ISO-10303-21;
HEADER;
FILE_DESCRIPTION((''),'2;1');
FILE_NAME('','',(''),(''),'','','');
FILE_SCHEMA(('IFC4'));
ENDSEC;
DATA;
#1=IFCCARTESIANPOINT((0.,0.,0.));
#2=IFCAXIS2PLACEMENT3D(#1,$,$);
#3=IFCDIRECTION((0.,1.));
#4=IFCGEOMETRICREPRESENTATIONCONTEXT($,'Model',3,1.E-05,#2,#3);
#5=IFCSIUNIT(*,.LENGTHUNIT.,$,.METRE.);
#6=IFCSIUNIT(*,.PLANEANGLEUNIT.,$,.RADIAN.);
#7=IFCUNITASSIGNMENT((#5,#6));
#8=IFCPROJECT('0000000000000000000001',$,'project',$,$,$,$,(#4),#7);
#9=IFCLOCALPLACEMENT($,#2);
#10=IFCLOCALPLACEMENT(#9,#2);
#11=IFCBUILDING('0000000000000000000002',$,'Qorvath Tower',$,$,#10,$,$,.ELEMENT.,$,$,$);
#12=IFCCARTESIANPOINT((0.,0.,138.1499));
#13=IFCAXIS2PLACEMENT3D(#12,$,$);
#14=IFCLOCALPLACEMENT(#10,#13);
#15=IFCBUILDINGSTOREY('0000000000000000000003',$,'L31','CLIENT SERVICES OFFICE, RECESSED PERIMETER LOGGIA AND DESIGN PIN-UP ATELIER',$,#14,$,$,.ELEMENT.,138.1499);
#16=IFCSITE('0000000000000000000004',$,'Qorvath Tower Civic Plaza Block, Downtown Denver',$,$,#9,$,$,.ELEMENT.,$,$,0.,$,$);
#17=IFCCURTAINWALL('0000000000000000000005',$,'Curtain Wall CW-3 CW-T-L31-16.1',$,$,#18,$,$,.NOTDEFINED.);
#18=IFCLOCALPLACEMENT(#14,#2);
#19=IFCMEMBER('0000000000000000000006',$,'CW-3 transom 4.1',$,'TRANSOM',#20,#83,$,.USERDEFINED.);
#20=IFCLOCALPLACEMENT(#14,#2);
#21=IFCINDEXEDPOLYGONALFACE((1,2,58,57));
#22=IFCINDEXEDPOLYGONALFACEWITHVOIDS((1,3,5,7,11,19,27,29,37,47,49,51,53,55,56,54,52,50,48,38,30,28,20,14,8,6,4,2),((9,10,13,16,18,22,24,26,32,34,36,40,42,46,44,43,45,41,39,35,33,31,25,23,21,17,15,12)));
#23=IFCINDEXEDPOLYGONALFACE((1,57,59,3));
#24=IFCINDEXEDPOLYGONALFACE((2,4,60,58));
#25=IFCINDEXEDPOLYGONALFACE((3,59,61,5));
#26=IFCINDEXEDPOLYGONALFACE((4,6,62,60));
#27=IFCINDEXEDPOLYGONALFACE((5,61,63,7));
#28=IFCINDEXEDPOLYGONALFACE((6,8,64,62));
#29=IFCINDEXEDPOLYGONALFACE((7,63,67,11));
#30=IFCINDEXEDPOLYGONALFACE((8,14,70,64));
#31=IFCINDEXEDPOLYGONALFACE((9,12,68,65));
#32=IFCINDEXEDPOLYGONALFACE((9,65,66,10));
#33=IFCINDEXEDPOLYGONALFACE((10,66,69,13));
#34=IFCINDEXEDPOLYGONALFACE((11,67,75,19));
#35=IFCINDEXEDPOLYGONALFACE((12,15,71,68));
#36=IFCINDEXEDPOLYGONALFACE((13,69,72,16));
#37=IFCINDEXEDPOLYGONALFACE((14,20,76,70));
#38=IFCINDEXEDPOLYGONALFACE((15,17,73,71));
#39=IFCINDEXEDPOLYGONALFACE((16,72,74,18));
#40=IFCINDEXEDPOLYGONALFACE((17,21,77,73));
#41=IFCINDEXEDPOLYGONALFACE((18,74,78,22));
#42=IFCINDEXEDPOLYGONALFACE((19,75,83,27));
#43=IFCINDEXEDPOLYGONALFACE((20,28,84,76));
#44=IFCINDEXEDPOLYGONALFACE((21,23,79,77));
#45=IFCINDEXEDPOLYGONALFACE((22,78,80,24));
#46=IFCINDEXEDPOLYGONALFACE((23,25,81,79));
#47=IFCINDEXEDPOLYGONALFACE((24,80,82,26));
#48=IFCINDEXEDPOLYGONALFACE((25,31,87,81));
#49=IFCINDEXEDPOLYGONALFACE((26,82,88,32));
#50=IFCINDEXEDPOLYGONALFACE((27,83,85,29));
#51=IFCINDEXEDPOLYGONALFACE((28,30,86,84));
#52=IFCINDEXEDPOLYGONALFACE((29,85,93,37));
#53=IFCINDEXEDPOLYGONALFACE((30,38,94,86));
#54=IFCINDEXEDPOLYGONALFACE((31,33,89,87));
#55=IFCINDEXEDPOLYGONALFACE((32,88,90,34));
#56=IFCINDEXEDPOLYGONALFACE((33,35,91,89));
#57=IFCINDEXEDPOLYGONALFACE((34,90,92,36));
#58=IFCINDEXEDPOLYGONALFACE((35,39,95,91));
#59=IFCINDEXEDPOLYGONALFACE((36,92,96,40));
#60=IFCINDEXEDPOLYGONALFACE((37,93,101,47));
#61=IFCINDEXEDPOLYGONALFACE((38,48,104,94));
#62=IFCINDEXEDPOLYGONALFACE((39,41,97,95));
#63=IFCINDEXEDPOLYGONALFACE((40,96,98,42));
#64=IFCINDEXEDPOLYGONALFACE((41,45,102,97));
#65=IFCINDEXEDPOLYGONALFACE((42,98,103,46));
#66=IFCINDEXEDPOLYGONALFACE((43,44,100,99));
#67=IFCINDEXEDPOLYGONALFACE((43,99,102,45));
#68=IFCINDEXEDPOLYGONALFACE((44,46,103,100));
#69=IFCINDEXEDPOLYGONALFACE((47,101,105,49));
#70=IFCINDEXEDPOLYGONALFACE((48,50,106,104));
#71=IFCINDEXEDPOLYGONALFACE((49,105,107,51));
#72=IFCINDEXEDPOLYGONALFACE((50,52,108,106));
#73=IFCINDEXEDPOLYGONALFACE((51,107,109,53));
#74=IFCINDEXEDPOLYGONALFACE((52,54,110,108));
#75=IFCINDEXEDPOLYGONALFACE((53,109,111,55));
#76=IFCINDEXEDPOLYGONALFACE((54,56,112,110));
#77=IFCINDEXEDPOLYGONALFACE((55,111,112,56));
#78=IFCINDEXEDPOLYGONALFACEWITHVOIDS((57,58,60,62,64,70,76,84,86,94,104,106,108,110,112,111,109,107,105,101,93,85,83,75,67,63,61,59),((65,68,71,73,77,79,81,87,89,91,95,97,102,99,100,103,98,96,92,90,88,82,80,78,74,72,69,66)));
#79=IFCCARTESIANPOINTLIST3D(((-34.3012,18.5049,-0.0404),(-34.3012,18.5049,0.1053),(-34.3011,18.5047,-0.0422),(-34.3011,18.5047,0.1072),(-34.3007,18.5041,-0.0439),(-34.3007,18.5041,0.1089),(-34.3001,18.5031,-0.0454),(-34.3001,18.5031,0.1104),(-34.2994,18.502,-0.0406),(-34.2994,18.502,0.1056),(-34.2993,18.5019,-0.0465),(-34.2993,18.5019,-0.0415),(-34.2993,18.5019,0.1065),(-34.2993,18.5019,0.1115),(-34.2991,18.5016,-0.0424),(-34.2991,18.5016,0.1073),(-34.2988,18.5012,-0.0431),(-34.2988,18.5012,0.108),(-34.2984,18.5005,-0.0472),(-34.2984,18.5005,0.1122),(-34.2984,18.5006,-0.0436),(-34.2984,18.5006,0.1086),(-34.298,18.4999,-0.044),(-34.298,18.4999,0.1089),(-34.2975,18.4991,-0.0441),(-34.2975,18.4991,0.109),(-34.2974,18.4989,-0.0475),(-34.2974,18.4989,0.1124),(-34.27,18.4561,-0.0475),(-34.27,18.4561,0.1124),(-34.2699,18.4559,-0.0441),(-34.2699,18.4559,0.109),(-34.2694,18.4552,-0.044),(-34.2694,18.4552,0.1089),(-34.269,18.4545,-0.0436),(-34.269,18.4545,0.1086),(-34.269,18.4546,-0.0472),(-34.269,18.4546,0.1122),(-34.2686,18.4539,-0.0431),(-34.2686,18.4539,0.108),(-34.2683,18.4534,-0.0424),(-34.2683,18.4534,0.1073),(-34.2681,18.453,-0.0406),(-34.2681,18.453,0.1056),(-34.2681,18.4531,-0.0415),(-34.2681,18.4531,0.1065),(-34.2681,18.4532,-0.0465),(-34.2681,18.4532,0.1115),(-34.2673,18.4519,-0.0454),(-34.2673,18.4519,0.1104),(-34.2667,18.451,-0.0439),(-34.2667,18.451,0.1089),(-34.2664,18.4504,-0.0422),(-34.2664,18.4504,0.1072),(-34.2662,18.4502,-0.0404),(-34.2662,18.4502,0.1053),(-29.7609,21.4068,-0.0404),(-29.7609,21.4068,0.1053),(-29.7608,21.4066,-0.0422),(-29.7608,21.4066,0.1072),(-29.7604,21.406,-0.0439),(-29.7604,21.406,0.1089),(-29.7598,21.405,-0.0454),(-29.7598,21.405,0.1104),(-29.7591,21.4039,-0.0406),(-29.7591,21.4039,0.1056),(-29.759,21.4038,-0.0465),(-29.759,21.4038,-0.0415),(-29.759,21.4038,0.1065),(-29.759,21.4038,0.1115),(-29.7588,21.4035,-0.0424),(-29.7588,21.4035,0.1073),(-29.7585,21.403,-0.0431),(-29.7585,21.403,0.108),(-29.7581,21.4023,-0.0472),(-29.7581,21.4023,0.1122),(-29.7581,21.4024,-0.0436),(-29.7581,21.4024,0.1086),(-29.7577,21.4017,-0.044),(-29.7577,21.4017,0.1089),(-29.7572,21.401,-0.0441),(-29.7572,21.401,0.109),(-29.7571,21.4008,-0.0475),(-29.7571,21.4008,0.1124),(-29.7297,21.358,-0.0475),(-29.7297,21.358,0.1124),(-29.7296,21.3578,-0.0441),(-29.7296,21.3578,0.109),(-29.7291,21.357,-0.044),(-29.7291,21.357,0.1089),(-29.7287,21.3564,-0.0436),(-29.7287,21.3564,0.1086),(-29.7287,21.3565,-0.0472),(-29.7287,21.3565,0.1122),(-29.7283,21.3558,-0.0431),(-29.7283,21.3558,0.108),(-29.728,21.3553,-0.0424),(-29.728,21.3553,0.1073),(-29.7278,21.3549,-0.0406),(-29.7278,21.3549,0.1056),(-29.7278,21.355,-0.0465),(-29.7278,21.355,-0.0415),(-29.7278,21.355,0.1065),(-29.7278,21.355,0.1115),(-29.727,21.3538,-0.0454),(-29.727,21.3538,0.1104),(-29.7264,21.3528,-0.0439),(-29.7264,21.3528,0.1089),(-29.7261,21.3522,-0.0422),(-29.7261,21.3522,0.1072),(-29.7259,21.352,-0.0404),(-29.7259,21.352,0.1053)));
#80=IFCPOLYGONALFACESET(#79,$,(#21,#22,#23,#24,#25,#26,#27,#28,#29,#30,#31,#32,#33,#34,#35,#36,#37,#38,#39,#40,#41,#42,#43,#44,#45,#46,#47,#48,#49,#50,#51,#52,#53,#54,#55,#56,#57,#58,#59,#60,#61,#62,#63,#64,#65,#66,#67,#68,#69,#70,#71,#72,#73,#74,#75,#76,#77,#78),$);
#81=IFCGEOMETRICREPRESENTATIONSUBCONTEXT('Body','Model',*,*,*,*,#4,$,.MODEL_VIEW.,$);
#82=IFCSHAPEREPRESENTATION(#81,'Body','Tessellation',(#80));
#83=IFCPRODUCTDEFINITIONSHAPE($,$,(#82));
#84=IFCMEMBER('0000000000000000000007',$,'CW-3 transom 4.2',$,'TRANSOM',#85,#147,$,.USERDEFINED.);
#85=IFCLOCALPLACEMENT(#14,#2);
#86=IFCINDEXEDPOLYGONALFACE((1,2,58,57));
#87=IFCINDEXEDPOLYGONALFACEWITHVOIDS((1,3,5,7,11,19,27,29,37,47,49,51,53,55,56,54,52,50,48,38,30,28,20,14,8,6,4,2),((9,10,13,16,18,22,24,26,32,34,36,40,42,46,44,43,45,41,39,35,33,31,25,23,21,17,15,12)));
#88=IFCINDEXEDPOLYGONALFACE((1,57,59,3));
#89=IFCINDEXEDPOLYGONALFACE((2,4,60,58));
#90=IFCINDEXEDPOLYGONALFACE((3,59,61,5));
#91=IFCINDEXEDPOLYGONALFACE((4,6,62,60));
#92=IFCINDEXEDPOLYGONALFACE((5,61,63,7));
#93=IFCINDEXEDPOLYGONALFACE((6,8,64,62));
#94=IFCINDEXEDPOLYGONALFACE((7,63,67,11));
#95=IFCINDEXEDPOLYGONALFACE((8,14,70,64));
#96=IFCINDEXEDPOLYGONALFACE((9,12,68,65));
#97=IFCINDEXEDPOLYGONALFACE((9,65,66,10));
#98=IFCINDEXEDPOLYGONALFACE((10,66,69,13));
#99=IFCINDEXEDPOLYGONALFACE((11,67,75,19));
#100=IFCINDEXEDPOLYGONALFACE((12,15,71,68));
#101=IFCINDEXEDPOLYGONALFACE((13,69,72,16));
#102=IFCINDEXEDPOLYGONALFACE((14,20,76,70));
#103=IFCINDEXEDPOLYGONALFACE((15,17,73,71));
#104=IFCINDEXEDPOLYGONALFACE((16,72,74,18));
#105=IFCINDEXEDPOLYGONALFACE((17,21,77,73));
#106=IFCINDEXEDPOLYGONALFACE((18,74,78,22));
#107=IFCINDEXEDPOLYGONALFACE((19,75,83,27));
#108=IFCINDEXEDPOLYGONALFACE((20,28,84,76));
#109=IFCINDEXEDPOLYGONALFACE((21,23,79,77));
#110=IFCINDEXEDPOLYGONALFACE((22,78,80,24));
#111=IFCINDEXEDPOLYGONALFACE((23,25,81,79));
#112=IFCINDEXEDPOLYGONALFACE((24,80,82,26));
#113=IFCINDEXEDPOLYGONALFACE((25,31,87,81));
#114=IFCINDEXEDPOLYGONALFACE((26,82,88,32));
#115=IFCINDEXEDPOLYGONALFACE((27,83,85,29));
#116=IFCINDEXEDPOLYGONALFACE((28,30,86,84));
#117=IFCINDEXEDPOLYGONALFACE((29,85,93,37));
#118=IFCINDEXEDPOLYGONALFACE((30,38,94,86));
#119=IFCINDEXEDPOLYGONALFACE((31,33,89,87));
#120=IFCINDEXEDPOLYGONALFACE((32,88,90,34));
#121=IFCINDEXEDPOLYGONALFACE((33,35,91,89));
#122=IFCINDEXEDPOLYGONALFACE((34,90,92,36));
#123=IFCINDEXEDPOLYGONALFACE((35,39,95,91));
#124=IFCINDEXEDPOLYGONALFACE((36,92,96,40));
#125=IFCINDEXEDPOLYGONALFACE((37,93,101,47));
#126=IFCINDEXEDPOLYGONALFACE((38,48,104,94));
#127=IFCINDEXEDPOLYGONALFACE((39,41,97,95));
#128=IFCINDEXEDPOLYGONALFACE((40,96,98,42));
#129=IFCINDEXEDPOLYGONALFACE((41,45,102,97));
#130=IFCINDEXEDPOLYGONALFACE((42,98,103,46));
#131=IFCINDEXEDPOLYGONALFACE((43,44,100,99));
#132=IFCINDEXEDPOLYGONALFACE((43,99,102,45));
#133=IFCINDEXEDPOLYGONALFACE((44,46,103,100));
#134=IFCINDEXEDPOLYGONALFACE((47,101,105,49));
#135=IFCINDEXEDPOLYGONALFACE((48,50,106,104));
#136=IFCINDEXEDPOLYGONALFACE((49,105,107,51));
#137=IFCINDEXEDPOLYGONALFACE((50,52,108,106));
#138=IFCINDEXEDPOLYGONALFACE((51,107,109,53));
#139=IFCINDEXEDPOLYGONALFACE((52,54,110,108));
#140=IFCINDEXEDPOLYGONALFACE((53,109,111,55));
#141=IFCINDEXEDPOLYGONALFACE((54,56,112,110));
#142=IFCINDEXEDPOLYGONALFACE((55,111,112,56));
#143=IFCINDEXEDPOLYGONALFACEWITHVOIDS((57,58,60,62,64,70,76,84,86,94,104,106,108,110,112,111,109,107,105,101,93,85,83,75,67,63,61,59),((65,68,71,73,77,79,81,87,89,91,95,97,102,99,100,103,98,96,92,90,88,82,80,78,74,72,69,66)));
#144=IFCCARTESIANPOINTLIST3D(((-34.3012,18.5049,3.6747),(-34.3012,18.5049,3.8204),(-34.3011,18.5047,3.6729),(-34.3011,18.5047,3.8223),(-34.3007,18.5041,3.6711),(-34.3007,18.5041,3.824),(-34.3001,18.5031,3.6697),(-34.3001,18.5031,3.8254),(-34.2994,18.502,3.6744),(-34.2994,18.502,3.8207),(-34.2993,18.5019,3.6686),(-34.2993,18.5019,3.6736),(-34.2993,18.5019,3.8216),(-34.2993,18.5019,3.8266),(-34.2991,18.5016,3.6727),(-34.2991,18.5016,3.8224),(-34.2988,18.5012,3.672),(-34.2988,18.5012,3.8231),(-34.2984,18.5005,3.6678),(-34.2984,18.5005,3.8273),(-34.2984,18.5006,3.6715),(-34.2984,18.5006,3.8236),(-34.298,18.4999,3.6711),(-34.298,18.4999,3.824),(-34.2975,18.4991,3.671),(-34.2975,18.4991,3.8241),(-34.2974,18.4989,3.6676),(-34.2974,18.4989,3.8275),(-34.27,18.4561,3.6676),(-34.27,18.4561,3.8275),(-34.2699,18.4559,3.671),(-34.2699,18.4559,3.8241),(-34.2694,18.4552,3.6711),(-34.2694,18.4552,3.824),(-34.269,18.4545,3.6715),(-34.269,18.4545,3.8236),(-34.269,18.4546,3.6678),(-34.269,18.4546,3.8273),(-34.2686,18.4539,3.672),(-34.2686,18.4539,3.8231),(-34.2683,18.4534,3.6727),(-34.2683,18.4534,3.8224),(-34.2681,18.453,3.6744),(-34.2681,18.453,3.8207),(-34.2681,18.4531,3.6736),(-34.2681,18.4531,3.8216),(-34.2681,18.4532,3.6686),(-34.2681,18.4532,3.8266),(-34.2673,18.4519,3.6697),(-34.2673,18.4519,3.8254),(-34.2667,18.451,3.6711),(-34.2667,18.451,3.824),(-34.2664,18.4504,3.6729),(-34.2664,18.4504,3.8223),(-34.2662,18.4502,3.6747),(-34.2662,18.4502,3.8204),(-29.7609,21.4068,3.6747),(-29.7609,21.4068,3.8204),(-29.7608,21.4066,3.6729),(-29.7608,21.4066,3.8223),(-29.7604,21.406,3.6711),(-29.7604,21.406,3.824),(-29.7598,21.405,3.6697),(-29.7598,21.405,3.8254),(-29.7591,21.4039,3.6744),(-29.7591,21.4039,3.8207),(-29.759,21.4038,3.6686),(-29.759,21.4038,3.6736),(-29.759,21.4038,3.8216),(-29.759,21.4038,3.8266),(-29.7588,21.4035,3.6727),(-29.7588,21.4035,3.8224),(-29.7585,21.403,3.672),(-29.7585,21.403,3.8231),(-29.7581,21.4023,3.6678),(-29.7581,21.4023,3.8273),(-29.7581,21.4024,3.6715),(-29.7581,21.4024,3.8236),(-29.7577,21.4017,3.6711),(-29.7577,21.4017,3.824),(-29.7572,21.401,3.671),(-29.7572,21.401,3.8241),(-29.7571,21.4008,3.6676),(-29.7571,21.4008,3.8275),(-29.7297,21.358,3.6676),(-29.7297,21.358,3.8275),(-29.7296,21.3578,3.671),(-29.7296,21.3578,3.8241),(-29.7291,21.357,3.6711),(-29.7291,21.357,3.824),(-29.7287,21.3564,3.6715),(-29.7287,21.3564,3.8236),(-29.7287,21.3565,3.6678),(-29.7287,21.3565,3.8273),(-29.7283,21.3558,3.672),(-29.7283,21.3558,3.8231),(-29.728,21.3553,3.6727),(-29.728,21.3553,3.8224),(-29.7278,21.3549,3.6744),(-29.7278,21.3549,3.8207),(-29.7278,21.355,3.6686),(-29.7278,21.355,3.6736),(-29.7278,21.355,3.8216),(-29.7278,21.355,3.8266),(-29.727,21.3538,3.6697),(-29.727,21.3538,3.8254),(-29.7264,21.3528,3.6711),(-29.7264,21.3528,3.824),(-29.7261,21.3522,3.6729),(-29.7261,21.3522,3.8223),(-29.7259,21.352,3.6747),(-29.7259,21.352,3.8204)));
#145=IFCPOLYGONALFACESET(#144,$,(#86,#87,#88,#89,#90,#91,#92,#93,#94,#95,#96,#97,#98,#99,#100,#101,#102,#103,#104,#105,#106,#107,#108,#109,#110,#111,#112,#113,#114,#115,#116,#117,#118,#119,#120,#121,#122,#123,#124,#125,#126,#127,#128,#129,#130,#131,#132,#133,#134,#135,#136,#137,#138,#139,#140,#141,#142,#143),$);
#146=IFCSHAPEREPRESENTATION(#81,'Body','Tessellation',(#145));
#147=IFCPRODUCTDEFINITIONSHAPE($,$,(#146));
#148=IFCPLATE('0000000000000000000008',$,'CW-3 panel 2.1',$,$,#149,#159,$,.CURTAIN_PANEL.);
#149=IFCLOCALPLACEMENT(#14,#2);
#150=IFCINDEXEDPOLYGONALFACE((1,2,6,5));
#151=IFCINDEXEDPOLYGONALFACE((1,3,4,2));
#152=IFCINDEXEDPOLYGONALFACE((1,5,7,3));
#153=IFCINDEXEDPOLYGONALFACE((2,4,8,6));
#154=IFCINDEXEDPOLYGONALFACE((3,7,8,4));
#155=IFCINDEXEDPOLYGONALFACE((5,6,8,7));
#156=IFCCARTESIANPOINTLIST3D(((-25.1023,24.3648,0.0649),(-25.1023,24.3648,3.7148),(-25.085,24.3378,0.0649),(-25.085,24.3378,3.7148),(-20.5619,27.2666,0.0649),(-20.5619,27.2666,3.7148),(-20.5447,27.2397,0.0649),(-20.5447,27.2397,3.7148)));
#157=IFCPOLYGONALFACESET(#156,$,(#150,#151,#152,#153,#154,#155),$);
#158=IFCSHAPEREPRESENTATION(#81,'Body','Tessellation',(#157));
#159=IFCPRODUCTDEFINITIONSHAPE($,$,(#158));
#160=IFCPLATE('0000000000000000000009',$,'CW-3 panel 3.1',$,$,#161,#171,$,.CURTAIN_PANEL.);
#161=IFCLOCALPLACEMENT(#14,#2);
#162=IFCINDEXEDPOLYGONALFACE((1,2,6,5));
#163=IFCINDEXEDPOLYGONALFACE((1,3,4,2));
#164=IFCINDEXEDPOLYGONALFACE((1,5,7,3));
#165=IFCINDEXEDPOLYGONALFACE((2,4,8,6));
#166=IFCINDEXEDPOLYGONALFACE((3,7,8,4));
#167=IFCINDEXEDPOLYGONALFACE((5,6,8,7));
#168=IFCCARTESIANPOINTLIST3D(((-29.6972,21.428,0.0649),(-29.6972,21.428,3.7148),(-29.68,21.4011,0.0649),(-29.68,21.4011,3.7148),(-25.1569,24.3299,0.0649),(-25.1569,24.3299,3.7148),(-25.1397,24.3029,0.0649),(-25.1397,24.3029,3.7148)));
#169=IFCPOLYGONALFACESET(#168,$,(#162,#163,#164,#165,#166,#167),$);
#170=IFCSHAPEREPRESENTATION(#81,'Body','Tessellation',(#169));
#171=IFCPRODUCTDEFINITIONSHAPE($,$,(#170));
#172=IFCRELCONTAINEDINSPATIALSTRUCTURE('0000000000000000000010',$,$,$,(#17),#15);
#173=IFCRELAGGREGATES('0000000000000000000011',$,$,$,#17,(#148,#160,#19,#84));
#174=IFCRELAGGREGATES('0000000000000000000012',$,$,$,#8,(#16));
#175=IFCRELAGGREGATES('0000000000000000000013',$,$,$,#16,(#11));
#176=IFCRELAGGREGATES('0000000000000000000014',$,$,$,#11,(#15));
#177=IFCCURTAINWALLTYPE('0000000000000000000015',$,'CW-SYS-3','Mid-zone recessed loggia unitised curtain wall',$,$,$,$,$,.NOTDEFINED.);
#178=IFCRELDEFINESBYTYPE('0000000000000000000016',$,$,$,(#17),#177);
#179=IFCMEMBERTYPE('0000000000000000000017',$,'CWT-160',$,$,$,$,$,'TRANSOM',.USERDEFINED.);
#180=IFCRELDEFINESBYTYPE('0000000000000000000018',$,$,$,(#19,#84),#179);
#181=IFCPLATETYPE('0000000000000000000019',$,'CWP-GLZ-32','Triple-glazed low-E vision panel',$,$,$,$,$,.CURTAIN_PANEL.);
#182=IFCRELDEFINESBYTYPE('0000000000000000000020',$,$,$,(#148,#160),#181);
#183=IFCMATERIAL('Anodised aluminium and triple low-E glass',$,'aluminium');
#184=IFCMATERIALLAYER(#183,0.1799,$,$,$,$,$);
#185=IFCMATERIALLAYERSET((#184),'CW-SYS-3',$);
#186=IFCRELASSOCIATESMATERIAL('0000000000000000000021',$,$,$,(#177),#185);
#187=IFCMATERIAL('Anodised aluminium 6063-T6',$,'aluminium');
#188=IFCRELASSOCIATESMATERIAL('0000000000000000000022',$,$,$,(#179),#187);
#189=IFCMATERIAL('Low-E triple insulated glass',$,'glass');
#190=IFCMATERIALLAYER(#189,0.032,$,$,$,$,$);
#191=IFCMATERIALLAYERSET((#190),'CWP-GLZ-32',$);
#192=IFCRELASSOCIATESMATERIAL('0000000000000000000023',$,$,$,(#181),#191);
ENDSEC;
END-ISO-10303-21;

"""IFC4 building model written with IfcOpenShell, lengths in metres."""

from ifc_helpers import new_model, si_unit, direction, frame, origin, origin_2d, place, context, subcontext, project, spatial, rectangle, hollow_rectangle, extrude, material, layer, layer_set, material_profile, profile_set, type_object, element, aggregate, save


model = new_model("IFC4")

# Units and contexts
model_context = context("Model", 3, precision=1e-05, world=origin(), true_north=direction((0.0, 1.0)))
body_context = subcontext(model_context, "Body", "Model", "MODEL_VIEW")
ifc_project = project(units=[si_unit("LENGTHUNIT", "METRE"), si_unit("PLANEANGLEUNIT", "RADIAN")], contexts=[model_context])

# Site, building, storey
site_placement = place(None, origin())
site = spatial("IfcSite", under=ifc_project, at=site_placement, Name="Qorvath Tower Civic Plaza Block, Downtown Denver", CompositionType="ELEMENT", RefElevation=0.0)
building_placement = place(site_placement, origin())
building = spatial("IfcBuilding", under=site, at=building_placement, Name="Qorvath Tower", CompositionType="ELEMENT")
storey_placement = place(building_placement, frame((0.0, 0.0, 138.1499)))
storey = spatial("IfcBuildingStorey", under=building, at=storey_placement, Name="L31", Description="CLIENT SERVICES OFFICE, RECESSED PERIMETER LOGGIA AND DESIGN PIN-UP ATELIER", CompositionType="ELEMENT", Elevation=138.1499)

# Curtain wall, members, plates
ifc_material_1 = material(Name="Anodised aluminium and triple low-E glass", Category="aluminium")
ifc_layer_1 = layer(ifc_material_1, 0.1799)
ifc_layer_set_1 = layer_set([ifc_layer_1], Name="CW-SYS-3")
curtain_wall_type = type_object("IfcCurtainWallType", Name="CW-SYS-3", Description="Mid-zone recessed loggia unitised curtain wall", PredefinedType="NOTDEFINED", material=ifc_layer_set_1)
curtain_wall_placement = place(storey_placement, origin())
curtain_wall = element("IfcCurtainWall", 1, at=curtain_wall_placement, inside=storey, type_object=curtain_wall_type, Name="Curtain Wall CW-3 CW-T-L31-16.1", PredefinedType="NOTDEFINED")
ifc_material_2 = material(Name="Anodised aluminium 6063-T6", Category="aluminium")
ifc_material_profile_1 = material_profile(ifc_material_2, hollow_rectangle(XDim=0.0649, YDim=0.1599, WallThickness=0.0034, InnerFilletRadius=0.0034, OuterFilletRadius=0.0071, at=origin_2d()), Name="CWT 160x65")
ifc_profile_set_1 = profile_set([ifc_material_profile_1], Name="Anodised aluminium 6063-T6")
member_type_1 = type_object("IfcMemberType", Name="CWT-160", ElementType="TRANSOM", PredefinedType="USERDEFINED", material=ifc_profile_set_1)
member_1_placement = place(storey_placement, frame((-29.7434, 21.3794, 0.0325), z_axis=(-0.842602, -0.538537, 0.0), x_axis=(0.538537, -0.842602, 0.0)))
member_1 = element("IfcMember", 2, at=member_1_placement, type_object=member_type_1, Name="CW-3 transom 4.1", ObjectType="TRANSOM", PredefinedType="USERDEFINED", context=body_context, shape_type="SweptSolid", body=[
    extrude(hollow_rectangle(XDim=0.0649, YDim=0.1599, WallThickness=0.0034, InnerFilletRadius=0.0034, OuterFilletRadius=0.0071, at=origin_2d()), origin(), (0.0, 0.0, 1.0), 5.3884),
])
member_2_placement = place(storey_placement, frame((-29.7434, 21.3794, 3.7476), z_axis=(-0.842602, -0.538537, 0.0), x_axis=(0.538537, -0.842602, 0.0)))
member_2 = element("IfcMember", 3, at=member_2_placement, type_object=member_type_1, Name="CW-3 transom 4.2", ObjectType="TRANSOM", PredefinedType="USERDEFINED", context=body_context, shape_type="SweptSolid", body=[
    extrude(hollow_rectangle(XDim=0.0649, YDim=0.1599, WallThickness=0.0034, InnerFilletRadius=0.0034, OuterFilletRadius=0.0071, at=origin_2d()), origin(), (0.0, 0.0, 1.0), 5.3884),
])
ifc_material_3 = material(Name="Low-E triple insulated glass", Category="glass")
ifc_layer_2 = layer(ifc_material_3, 0.032)
ifc_layer_set_2 = layer_set([ifc_layer_2], Name="CWP-GLZ-32")
plate_type = type_object("IfcPlateType", Name="CWP-GLZ-32", Description="Triple-glazed low-E vision panel", PredefinedType="CURTAIN_PANEL", material=ifc_layer_set_2)
plate_1_placement = place(storey_placement, frame((-22.8235, 25.8022, 0.0649), z_axis=(0.0, 0.0, 1.0), x_axis=(-0.842604, -0.538534, 0.0)))
plate_1 = element("IfcPlate", 4, at=plate_1_placement, type_object=plate_type, Name="CW-3 panel 2.1", PredefinedType="CURTAIN_PANEL", context=body_context, shape_type="SweptSolid", body=[
    extrude(rectangle(XDim=5.3884, YDim=0.032, at=origin_2d()), origin(), (0.0, 0.0, 1.0), 3.6499),
])
plate_2_placement = place(storey_placement, frame((-27.4185, 22.8655, 0.0649), z_axis=(0.0, 0.0, 1.0), x_axis=(-0.842604, -0.538534, 0.0)))
plate_2 = element("IfcPlate", 5, at=plate_2_placement, type_object=plate_type, Name="CW-3 panel 3.1", PredefinedType="CURTAIN_PANEL", context=body_context, shape_type="SweptSolid", body=[
    extrude(rectangle(XDim=5.3884, YDim=0.032, at=origin_2d()), origin(), (0.0, 0.0, 1.0), 3.6499),
])
aggregate(curtain_wall, [plate_1, plate_2, member_1, member_2])

save(model, "model.ifc")
